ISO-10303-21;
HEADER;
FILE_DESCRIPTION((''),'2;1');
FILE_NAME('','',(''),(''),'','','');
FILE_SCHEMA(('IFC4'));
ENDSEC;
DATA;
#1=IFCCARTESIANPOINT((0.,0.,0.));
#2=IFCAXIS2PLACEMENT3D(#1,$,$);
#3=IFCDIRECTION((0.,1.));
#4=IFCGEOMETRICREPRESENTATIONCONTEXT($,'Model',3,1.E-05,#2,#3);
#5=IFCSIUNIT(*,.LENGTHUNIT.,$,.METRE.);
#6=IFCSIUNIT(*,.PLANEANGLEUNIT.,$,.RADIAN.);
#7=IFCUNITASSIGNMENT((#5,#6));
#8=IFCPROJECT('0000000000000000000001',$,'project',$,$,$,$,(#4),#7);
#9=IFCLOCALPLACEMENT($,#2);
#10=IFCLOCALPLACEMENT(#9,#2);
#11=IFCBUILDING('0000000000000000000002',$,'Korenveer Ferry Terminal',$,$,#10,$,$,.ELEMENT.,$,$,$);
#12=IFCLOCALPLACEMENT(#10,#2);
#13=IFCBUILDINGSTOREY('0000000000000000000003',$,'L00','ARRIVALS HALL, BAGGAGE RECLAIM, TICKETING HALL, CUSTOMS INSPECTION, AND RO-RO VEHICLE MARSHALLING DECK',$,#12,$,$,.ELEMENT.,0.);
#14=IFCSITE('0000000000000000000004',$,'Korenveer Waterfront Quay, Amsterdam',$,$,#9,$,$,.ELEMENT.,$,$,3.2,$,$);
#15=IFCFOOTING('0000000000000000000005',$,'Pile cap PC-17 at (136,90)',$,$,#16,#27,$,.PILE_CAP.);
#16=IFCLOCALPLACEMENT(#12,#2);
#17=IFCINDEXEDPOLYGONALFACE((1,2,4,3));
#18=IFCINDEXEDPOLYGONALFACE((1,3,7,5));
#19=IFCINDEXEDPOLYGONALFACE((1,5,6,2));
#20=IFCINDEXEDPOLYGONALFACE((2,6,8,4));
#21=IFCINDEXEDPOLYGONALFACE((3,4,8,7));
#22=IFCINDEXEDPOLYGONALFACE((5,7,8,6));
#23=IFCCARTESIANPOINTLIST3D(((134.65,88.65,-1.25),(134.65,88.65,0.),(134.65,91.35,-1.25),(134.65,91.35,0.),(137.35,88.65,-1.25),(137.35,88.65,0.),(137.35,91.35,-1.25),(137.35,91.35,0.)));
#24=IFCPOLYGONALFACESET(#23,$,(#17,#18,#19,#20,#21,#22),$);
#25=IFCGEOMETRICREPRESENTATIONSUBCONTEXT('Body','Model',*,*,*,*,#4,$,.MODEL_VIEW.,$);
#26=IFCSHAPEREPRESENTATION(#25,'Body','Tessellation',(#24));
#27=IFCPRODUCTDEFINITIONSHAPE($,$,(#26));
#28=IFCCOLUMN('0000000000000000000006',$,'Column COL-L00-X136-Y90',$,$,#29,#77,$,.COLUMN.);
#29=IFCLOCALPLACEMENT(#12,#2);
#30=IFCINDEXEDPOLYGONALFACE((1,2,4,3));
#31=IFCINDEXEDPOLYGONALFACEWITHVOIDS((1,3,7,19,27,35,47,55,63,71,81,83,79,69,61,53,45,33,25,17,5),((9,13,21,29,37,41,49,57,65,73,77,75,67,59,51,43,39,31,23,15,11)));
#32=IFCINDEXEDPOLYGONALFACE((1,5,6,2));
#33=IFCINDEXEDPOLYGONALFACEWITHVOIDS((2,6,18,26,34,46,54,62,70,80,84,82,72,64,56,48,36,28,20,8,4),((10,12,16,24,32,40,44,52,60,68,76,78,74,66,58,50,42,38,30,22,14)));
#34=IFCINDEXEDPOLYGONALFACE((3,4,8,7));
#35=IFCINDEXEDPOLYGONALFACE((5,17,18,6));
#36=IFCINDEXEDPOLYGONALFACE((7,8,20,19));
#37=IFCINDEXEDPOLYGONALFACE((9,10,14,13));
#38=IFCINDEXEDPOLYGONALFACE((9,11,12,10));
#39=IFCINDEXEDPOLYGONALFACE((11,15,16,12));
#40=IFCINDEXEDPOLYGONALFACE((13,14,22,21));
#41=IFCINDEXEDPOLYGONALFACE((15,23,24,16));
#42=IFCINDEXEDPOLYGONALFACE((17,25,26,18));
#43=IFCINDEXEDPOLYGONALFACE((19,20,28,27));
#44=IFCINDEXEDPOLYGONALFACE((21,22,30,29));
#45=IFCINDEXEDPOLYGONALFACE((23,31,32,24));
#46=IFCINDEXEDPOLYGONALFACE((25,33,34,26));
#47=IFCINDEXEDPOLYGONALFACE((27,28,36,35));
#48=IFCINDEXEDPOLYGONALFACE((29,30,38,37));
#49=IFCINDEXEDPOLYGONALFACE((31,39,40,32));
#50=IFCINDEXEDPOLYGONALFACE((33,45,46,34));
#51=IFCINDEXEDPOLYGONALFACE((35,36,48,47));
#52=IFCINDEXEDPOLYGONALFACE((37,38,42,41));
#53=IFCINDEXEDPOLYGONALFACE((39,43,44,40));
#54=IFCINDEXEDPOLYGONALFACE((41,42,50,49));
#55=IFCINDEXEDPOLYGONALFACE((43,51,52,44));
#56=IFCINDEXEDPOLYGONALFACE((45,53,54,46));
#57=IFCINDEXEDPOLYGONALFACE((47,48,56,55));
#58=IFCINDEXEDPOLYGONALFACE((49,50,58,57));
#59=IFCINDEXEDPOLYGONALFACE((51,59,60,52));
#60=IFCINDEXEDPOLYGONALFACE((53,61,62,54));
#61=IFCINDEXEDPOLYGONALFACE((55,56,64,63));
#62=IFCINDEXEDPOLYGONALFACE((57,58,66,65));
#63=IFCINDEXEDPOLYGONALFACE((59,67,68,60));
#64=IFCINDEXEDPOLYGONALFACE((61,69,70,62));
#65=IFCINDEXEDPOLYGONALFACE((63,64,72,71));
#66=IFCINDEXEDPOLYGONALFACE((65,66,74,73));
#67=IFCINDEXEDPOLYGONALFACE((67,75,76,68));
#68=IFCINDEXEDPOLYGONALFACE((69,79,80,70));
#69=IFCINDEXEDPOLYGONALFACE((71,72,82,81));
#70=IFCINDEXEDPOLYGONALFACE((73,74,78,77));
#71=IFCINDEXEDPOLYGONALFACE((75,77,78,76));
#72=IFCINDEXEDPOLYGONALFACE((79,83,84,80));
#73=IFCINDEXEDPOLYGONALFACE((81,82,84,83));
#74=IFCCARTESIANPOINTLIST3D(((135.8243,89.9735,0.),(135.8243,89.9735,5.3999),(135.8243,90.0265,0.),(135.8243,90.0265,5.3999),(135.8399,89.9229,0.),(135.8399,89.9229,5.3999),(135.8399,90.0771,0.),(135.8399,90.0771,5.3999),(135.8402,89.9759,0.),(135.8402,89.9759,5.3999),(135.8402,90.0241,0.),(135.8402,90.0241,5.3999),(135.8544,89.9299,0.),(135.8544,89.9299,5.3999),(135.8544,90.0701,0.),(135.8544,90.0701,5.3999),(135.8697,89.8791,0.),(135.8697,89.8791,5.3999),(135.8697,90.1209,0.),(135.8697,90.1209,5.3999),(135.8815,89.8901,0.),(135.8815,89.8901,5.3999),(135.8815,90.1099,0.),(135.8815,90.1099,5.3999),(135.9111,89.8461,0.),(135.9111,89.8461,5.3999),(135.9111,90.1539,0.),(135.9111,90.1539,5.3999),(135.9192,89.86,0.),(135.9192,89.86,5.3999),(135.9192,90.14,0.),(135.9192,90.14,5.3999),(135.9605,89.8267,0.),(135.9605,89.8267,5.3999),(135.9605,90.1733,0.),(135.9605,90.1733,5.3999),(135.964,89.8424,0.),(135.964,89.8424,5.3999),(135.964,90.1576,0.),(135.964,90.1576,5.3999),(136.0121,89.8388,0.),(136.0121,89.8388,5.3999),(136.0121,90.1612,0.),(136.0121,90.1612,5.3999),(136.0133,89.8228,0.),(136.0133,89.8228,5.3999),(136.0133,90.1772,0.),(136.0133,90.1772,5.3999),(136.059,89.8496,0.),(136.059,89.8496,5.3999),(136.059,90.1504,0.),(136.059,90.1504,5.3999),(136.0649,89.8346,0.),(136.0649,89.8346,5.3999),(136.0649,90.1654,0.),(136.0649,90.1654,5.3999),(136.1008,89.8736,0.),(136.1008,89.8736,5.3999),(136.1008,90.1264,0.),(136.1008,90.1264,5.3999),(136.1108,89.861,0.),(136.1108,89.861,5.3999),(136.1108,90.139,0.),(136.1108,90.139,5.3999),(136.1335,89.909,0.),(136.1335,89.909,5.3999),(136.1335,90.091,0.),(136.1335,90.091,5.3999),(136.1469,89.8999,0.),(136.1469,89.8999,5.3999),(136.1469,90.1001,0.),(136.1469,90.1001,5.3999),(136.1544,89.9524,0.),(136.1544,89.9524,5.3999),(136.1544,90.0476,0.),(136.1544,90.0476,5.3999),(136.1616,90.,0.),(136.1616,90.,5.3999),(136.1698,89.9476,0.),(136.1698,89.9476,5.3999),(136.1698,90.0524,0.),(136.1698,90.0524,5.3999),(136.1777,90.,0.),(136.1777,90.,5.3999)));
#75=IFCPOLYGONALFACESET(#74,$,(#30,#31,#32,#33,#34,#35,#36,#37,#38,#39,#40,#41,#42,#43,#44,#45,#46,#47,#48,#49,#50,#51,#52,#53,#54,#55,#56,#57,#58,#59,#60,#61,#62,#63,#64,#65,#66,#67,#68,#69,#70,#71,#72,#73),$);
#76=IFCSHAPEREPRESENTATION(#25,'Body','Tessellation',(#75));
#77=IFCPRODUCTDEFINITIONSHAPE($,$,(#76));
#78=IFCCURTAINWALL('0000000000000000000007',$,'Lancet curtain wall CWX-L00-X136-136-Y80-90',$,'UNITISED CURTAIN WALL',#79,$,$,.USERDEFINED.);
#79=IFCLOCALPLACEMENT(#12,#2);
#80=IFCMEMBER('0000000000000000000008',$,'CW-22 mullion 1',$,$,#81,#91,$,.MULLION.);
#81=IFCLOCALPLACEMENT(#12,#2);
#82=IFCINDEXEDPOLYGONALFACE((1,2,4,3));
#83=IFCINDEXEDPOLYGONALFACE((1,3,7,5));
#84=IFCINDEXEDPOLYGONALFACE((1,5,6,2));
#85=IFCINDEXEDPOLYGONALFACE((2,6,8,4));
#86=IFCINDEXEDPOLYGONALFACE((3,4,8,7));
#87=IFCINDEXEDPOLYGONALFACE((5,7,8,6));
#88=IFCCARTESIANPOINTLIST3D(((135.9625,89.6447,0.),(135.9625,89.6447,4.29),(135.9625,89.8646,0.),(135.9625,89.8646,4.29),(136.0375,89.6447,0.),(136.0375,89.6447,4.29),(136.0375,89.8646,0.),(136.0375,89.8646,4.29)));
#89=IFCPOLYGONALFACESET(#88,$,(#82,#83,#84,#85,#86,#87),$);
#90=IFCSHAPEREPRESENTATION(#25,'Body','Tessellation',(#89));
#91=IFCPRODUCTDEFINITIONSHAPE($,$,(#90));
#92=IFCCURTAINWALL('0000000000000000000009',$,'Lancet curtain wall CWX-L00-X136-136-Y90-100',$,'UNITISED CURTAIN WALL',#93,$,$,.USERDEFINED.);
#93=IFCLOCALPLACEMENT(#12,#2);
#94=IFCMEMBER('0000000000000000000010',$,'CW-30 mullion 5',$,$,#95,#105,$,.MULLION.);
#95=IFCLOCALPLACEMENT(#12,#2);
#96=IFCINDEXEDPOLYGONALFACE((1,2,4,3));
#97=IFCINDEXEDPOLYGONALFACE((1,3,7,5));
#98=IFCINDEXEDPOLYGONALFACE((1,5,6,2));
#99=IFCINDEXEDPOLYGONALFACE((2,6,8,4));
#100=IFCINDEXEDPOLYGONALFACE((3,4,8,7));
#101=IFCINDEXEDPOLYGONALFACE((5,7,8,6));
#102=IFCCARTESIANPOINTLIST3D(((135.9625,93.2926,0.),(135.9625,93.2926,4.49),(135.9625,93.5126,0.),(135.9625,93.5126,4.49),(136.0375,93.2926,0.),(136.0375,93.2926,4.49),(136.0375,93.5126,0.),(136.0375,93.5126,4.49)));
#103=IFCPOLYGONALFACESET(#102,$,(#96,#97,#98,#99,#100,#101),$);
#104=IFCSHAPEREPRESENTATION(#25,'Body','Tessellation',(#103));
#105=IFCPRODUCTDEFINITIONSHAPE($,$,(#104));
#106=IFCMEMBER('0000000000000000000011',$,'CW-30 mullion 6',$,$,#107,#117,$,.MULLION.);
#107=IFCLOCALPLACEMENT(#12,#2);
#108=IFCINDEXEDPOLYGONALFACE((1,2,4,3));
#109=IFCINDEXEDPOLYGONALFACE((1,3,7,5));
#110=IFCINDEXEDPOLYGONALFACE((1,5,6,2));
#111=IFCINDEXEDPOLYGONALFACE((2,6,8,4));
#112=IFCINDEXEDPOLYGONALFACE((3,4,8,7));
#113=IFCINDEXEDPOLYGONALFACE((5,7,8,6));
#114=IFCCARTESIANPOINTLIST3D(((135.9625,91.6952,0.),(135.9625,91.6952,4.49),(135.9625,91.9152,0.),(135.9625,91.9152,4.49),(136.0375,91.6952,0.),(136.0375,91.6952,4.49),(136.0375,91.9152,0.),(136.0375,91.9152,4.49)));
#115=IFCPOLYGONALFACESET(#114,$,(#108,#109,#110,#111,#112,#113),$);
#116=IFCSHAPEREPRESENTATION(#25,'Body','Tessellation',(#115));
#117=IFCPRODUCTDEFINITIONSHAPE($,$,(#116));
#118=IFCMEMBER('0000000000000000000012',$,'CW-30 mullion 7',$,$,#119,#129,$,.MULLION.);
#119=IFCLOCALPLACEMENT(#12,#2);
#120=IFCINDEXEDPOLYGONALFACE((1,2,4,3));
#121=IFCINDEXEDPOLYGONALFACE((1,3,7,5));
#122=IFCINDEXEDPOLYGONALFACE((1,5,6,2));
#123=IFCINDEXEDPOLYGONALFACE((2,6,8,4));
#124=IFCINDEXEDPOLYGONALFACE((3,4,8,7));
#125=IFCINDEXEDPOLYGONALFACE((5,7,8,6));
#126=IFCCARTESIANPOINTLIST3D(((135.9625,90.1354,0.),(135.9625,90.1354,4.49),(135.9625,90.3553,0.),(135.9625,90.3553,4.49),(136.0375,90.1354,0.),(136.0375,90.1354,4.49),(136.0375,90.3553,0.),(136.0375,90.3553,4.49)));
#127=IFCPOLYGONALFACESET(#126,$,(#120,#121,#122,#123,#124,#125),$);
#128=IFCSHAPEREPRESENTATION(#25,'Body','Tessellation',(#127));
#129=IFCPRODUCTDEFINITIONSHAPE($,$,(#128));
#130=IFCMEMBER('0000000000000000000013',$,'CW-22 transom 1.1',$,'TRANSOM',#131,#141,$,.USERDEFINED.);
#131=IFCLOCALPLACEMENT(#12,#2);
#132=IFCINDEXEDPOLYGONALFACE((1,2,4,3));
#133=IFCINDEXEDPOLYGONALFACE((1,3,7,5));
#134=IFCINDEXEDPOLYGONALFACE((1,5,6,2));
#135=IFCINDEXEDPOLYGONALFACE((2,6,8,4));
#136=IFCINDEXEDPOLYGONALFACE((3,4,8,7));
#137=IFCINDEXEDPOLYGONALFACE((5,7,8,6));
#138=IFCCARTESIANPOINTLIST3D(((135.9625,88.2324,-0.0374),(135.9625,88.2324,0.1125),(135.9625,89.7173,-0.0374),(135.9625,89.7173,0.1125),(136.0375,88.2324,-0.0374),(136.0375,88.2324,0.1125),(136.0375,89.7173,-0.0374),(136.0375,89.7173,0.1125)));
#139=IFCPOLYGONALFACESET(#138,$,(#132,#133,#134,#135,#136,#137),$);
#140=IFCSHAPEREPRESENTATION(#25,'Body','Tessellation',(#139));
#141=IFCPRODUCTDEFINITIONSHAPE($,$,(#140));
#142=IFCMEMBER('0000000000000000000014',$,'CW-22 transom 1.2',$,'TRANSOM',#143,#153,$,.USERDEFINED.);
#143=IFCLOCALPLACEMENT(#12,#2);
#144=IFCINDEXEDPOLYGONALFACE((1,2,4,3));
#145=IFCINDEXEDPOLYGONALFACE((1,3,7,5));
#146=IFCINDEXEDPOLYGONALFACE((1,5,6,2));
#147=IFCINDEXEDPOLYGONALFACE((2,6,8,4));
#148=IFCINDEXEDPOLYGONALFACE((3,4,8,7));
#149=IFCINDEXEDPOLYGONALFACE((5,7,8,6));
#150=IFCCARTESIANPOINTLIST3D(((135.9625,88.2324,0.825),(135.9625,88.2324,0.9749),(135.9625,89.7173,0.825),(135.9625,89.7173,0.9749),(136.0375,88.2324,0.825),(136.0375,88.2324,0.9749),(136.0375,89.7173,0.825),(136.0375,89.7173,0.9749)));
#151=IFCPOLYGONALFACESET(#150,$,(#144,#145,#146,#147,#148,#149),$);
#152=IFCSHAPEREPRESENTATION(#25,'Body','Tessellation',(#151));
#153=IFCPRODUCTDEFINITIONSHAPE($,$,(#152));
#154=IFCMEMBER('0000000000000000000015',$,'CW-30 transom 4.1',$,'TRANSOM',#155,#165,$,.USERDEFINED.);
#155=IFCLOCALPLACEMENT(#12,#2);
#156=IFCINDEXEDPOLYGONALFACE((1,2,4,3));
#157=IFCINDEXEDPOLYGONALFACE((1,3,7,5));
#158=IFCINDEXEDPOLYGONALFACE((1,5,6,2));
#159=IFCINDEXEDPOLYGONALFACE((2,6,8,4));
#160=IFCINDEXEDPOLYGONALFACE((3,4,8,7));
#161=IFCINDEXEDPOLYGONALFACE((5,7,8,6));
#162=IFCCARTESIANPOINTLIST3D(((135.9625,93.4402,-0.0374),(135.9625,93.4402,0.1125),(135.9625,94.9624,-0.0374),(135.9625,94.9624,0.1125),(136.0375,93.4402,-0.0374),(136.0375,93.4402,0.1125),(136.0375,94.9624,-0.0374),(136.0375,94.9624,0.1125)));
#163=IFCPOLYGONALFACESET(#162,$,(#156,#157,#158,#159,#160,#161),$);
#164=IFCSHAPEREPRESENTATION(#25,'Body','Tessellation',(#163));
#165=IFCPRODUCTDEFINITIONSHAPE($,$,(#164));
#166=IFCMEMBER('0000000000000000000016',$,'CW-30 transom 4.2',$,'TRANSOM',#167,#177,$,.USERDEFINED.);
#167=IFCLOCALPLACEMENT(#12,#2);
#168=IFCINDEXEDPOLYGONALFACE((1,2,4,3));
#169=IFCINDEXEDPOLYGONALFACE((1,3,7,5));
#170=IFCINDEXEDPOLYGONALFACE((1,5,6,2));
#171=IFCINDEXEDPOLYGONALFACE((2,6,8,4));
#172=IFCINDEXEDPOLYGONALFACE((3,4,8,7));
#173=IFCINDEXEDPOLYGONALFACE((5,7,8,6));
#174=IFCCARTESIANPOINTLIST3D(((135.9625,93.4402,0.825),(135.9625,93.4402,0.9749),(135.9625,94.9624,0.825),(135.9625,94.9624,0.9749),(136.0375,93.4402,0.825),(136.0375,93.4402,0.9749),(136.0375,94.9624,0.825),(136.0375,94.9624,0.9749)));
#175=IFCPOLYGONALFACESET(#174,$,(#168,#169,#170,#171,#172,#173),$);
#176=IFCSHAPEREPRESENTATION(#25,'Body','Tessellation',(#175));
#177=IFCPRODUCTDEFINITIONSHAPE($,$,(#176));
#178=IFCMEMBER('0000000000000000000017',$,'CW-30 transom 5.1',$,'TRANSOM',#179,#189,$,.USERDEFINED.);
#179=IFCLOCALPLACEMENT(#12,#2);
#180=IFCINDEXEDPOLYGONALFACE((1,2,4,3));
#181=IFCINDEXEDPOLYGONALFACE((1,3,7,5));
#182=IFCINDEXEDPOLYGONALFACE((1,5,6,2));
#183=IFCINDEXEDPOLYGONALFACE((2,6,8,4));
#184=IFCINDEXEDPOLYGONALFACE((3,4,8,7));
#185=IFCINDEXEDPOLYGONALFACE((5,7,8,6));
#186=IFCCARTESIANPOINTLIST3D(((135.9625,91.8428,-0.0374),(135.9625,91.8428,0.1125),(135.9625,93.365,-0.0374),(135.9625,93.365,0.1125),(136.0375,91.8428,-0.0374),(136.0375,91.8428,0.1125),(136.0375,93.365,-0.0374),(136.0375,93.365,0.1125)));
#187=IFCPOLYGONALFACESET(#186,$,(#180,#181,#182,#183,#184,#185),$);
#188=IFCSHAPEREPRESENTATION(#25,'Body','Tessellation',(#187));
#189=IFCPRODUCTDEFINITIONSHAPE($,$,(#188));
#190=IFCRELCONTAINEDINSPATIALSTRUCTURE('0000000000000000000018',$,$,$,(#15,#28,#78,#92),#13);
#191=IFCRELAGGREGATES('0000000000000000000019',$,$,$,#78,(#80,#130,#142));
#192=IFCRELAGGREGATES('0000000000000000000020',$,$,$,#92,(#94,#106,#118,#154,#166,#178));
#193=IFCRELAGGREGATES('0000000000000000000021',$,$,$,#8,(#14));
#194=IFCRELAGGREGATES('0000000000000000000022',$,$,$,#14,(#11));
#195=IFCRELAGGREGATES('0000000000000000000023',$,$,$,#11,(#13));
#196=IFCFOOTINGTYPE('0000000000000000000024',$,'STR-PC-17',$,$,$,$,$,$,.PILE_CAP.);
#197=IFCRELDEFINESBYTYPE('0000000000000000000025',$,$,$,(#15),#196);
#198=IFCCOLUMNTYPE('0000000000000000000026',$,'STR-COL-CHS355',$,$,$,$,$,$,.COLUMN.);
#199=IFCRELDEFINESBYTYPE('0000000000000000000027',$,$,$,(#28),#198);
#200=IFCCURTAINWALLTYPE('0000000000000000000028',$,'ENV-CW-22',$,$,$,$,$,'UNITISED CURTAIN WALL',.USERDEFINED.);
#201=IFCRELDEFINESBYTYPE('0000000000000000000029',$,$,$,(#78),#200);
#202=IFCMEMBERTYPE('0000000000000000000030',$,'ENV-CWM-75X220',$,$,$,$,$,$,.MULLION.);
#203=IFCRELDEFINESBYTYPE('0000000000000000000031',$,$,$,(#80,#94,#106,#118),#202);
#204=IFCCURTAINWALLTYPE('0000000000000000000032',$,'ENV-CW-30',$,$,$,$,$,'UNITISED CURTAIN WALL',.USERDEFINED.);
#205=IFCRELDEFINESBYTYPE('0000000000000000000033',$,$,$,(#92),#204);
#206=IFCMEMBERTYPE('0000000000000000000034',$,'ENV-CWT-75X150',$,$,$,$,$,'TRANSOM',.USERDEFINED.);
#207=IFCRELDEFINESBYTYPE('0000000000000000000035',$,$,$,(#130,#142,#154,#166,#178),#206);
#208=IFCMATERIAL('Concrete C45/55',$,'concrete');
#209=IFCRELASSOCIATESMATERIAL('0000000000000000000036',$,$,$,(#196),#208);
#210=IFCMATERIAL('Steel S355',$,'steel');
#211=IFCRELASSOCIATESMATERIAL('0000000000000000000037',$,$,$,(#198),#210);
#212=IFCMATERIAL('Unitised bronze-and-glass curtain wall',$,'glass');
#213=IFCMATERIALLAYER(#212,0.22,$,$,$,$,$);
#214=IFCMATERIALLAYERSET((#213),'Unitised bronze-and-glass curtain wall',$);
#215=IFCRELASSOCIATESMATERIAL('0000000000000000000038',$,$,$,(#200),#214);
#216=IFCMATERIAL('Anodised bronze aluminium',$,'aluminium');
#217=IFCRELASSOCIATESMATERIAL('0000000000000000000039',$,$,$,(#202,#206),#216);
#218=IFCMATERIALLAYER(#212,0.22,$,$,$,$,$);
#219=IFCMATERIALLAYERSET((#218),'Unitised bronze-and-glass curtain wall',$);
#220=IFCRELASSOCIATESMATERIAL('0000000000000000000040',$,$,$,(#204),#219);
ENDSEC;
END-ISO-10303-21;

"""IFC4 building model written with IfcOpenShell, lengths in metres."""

from ifc_helpers import new_model, si_unit, direction, frame, origin, origin_2d, place, context, subcontext, project, spatial, rectangle, hollow_circle, extrude, material, layer, layer_set, material_profile, profile_set, type_object, element, aggregate, save


model = new_model("IFC4")

# Units and contexts
model_context = context("Model", 3, precision=1e-05, world=origin(), true_north=direction((0.0, 1.0)))
body_context = subcontext(model_context, "Body", "Model", "MODEL_VIEW")
ifc_project = project(units=[si_unit("LENGTHUNIT", "METRE"), si_unit("PLANEANGLEUNIT", "RADIAN")], contexts=[model_context])

# Site, building, storey
site_placement = place(None, origin())
site = spatial("IfcSite", under=ifc_project, at=site_placement, Name="Korenveer Waterfront Quay, Amsterdam", CompositionType="ELEMENT", RefElevation=3.2)
building_placement = place(site_placement, origin())
building = spatial("IfcBuilding", under=site, at=building_placement, Name="Korenveer Ferry Terminal", CompositionType="ELEMENT")
storey_placement = place(building_placement, origin())
storey = spatial("IfcBuildingStorey", under=building, at=storey_placement, Name="L00", Description="ARRIVALS HALL, BAGGAGE RECLAIM, TICKETING HALL, CUSTOMS INSPECTION, AND RO-RO VEHICLE MARSHALLING DECK", CompositionType="ELEMENT", Elevation=0.0)

# Footing
ifc_material_1 = material(Name="Concrete C45/55", Category="concrete")
footing_type = type_object("IfcFootingType", Name="STR-PC-17", PredefinedType="PILE_CAP", material=ifc_material_1)
footing_placement = place(storey_placement, frame((136.0, 90.0, -1.25), z_axis=(0.0, 0.0, 1.0), x_axis=(1.0, 0.0, 0.0)))
element("IfcFooting", 1, at=footing_placement, inside=storey, type_object=footing_type, Name="Pile cap PC-17 at (136,90)", PredefinedType="PILE_CAP", context=body_context, shape_type="SweptSolid", body=[
    extrude(rectangle(XDim=2.7, YDim=2.7, at=origin_2d()), origin(), (0.0, 0.0, 1.0), 1.25),
])

# Column
ifc_material_2 = material(Name="Steel S355", Category="steel")
ifc_material_profile_1 = material_profile(ifc_material_2, hollow_circle(Radius=0.1777, WallThickness=0.0161, at=origin_2d()), Name="CHS 355.6x16")
ifc_profile_set_1 = profile_set([ifc_material_profile_1], Name="Steel S355")
column_type = type_object("IfcColumnType", Name="STR-COL-CHS355", PredefinedType="COLUMN", material=ifc_profile_set_1)
column_placement = place(storey_placement, frame((136.0, 90.0, 0.0), z_axis=(0.0, 0.0, 1.0), x_axis=(1.0, 0.0, 0.0)))
element("IfcColumn", 2, at=column_placement, inside=storey, type_object=column_type, Name="Column COL-L00-X136-Y90", PredefinedType="COLUMN", context=body_context, shape_type="SweptSolid", body=[
    extrude(hollow_circle(Radius=0.1777, WallThickness=0.0161, at=origin_2d()), origin(), (0.0, 0.0, 1.0), 5.3999),
])

# Curtain wall, member
ifc_material_3 = material(Name="Unitised bronze-and-glass curtain wall", Category="glass")
ifc_layer_1 = layer(ifc_material_3, 0.22)
ifc_layer_set_1 = layer_set([ifc_layer_1], Name="Unitised bronze-and-glass curtain wall")
curtain_wall_type_1 = type_object("IfcCurtainWallType", Name="ENV-CW-22", ElementType="UNITISED CURTAIN WALL", PredefinedType="USERDEFINED", material=ifc_layer_set_1)
curtain_wall_1_placement = place(storey_placement, frame((136.0, 89.7922, 0.0)))
curtain_wall_1 = element("IfcCurtainWall", 3, at=curtain_wall_1_placement, inside=storey, type_object=curtain_wall_type_1, Name="Lancet curtain wall CWX-L00-X136-136-Y80-90", ObjectType="UNITISED CURTAIN WALL", PredefinedType="USERDEFINED")
ifc_material_4 = material(Name="Anodised bronze aluminium", Category="aluminium")
ifc_material_profile_2 = material_profile(ifc_material_4, rectangle(XDim=0.075, YDim=0.22, at=origin_2d()), Name="ALU 75x220")
ifc_profile_set_2 = profile_set([ifc_material_profile_2], Name="Anodised bronze aluminium")
member_type_1 = type_object("IfcMemberType", Name="ENV-CWM-75X220", PredefinedType="MULLION", material=ifc_profile_set_2)
member_1_placement = place(storey_placement, frame((136.0, 89.7546, 0.0), z_axis=(0.0, 0.0, 1.0), x_axis=(1.0, 0.0, 0.0)))
member_1 = element("IfcMember", 4, at=member_1_placement, type_object=member_type_1, Name="CW-22 mullion 1", PredefinedType="MULLION", context=body_context, shape_type="SweptSolid", body=[
    extrude(rectangle(XDim=0.075, YDim=0.22, at=origin_2d()), origin(), (0.0, 0.0, 1.0), 4.29),
])

# Curtain wall, members
ifc_layer_2 = layer(ifc_material_3, 0.22)
ifc_layer_set_2 = layer_set([ifc_layer_2], Name="Unitised bronze-and-glass curtain wall")
curtain_wall_type_2 = type_object("IfcCurtainWallType", Name="ENV-CW-30", ElementType="UNITISED CURTAIN WALL", PredefinedType="USERDEFINED", material=ifc_layer_set_2)
curtain_wall_2_placement = place(storey_placement, frame((136.0, 99.7922, 0.0)))
curtain_wall_2 = element("IfcCurtainWall", 5, at=curtain_wall_2_placement, inside=storey, type_object=curtain_wall_type_2, Name="Lancet curtain wall CWX-L00-X136-136-Y90-100", ObjectType="UNITISED CURTAIN WALL", PredefinedType="USERDEFINED")
member_2_placement = place(storey_placement, frame((136.0, 93.4026, 0.0), z_axis=(0.0, 0.0, 1.0), x_axis=(1.0, 0.0, 0.0)))
member_2 = element("IfcMember", 6, at=member_2_placement, type_object=member_type_1, Name="CW-30 mullion 5", PredefinedType="MULLION", context=body_context, shape_type="SweptSolid", body=[
    extrude(rectangle(XDim=0.075, YDim=0.22, at=origin_2d()), origin(), (0.0, 0.0, 1.0), 4.49),
])
member_3_placement = place(storey_placement, frame((136.0, 91.8052, 0.0), z_axis=(0.0, 0.0, 1.0), x_axis=(1.0, 0.0, 0.0)))
member_3 = element("IfcMember", 7, at=member_3_placement, type_object=member_type_1, Name="CW-30 mullion 6", PredefinedType="MULLION", context=body_context, shape_type="SweptSolid", body=[
    extrude(rectangle(XDim=0.075, YDim=0.22, at=origin_2d()), origin(), (0.0, 0.0, 1.0), 4.49),
])
member_4_placement = place(storey_placement, frame((136.0, 90.2454, 0.0), z_axis=(0.0, 0.0, 1.0), x_axis=(1.0, 0.0, 0.0)))
member_4 = element("IfcMember", 8, at=member_4_placement, type_object=member_type_1, Name="CW-30 mullion 7", PredefinedType="MULLION", context=body_context, shape_type="SweptSolid", body=[
    extrude(rectangle(XDim=0.075, YDim=0.22, at=origin_2d()), origin(), (0.0, 0.0, 1.0), 4.49),
])

# Members
ifc_material_profile_3 = material_profile(ifc_material_4, rectangle(XDim=0.075, YDim=0.1499, at=origin_2d()), Name="ALU 75x150")
ifc_profile_set_3 = profile_set([ifc_material_profile_3], Name="Anodised bronze aluminium")
member_type_2 = type_object("IfcMemberType", Name="ENV-CWT-75X150", ElementType="TRANSOM", PredefinedType="USERDEFINED", material=ifc_profile_set_3)
member_5_placement = place(storey_placement, frame((136.0, 89.7173, 0.0376), z_axis=(0.0, -1.0, 0.0), x_axis=(1.0, 0.0, 0.0)))
member_5 = element("IfcMember", 9, at=member_5_placement, type_object=member_type_2, Name="CW-22 transom 1.1", ObjectType="TRANSOM", PredefinedType="USERDEFINED", context=body_context, shape_type="SweptSolid", body=[
    extrude(rectangle(XDim=0.075, YDim=0.1499, at=origin_2d()), origin(), (0.0, 0.0, 1.0), 1.4849),
])
member_6_placement = place(storey_placement, frame((136.0, 89.7173, 0.8999), z_axis=(0.0, -1.0, 0.0), x_axis=(1.0, 0.0, 0.0)))
member_6 = element("IfcMember", 10, at=member_6_placement, type_object=member_type_2, Name="CW-22 transom 1.2", ObjectType="TRANSOM", PredefinedType="USERDEFINED", context=body_context, shape_type="SweptSolid", body=[
    extrude(rectangle(XDim=0.075, YDim=0.1499, at=origin_2d()), origin(), (0.0, 0.0, 1.0), 1.4849),
])
member_7_placement = place(storey_placement, frame((136.0, 94.9624, 0.0376), z_axis=(0.0, -1.0, 0.0), x_axis=(1.0, 0.0, 0.0)))
member_7 = element("IfcMember", 11, at=member_7_placement, type_object=member_type_2, Name="CW-30 transom 4.1", ObjectType="TRANSOM", PredefinedType="USERDEFINED", context=body_context, shape_type="SweptSolid", body=[
    extrude(rectangle(XDim=0.075, YDim=0.1499, at=origin_2d()), origin(), (0.0, 0.0, 1.0), 1.5222),
])
member_8_placement = place(storey_placement, frame((136.0, 94.9624, 0.8999), z_axis=(0.0, -1.0, 0.0), x_axis=(1.0, 0.0, 0.0)))
member_8 = element("IfcMember", 12, at=member_8_placement, type_object=member_type_2, Name="CW-30 transom 4.2", ObjectType="TRANSOM", PredefinedType="USERDEFINED", context=body_context, shape_type="SweptSolid", body=[
    extrude(rectangle(XDim=0.075, YDim=0.1499, at=origin_2d()), origin(), (0.0, 0.0, 1.0), 1.5222),
])
member_9_placement = place(storey_placement, frame((136.0, 93.365, 0.0376), z_axis=(0.0, -1.0, 0.0), x_axis=(1.0, 0.0, 0.0)))
member_9 = element("IfcMember", 13, at=member_9_placement, type_object=member_type_2, Name="CW-30 transom 5.1", ObjectType="TRANSOM", PredefinedType="USERDEFINED", context=body_context, shape_type="SweptSolid", body=[
    extrude(rectangle(XDim=0.075, YDim=0.1499, at=origin_2d()), origin(), (0.0, 0.0, 1.0), 1.5222),
])

aggregate(curtain_wall_1, [member_1, member_5, member_6])
aggregate(curtain_wall_2, [member_2, member_3, member_4, member_7, member_8, member_9])

save(model, "model.ifc")
